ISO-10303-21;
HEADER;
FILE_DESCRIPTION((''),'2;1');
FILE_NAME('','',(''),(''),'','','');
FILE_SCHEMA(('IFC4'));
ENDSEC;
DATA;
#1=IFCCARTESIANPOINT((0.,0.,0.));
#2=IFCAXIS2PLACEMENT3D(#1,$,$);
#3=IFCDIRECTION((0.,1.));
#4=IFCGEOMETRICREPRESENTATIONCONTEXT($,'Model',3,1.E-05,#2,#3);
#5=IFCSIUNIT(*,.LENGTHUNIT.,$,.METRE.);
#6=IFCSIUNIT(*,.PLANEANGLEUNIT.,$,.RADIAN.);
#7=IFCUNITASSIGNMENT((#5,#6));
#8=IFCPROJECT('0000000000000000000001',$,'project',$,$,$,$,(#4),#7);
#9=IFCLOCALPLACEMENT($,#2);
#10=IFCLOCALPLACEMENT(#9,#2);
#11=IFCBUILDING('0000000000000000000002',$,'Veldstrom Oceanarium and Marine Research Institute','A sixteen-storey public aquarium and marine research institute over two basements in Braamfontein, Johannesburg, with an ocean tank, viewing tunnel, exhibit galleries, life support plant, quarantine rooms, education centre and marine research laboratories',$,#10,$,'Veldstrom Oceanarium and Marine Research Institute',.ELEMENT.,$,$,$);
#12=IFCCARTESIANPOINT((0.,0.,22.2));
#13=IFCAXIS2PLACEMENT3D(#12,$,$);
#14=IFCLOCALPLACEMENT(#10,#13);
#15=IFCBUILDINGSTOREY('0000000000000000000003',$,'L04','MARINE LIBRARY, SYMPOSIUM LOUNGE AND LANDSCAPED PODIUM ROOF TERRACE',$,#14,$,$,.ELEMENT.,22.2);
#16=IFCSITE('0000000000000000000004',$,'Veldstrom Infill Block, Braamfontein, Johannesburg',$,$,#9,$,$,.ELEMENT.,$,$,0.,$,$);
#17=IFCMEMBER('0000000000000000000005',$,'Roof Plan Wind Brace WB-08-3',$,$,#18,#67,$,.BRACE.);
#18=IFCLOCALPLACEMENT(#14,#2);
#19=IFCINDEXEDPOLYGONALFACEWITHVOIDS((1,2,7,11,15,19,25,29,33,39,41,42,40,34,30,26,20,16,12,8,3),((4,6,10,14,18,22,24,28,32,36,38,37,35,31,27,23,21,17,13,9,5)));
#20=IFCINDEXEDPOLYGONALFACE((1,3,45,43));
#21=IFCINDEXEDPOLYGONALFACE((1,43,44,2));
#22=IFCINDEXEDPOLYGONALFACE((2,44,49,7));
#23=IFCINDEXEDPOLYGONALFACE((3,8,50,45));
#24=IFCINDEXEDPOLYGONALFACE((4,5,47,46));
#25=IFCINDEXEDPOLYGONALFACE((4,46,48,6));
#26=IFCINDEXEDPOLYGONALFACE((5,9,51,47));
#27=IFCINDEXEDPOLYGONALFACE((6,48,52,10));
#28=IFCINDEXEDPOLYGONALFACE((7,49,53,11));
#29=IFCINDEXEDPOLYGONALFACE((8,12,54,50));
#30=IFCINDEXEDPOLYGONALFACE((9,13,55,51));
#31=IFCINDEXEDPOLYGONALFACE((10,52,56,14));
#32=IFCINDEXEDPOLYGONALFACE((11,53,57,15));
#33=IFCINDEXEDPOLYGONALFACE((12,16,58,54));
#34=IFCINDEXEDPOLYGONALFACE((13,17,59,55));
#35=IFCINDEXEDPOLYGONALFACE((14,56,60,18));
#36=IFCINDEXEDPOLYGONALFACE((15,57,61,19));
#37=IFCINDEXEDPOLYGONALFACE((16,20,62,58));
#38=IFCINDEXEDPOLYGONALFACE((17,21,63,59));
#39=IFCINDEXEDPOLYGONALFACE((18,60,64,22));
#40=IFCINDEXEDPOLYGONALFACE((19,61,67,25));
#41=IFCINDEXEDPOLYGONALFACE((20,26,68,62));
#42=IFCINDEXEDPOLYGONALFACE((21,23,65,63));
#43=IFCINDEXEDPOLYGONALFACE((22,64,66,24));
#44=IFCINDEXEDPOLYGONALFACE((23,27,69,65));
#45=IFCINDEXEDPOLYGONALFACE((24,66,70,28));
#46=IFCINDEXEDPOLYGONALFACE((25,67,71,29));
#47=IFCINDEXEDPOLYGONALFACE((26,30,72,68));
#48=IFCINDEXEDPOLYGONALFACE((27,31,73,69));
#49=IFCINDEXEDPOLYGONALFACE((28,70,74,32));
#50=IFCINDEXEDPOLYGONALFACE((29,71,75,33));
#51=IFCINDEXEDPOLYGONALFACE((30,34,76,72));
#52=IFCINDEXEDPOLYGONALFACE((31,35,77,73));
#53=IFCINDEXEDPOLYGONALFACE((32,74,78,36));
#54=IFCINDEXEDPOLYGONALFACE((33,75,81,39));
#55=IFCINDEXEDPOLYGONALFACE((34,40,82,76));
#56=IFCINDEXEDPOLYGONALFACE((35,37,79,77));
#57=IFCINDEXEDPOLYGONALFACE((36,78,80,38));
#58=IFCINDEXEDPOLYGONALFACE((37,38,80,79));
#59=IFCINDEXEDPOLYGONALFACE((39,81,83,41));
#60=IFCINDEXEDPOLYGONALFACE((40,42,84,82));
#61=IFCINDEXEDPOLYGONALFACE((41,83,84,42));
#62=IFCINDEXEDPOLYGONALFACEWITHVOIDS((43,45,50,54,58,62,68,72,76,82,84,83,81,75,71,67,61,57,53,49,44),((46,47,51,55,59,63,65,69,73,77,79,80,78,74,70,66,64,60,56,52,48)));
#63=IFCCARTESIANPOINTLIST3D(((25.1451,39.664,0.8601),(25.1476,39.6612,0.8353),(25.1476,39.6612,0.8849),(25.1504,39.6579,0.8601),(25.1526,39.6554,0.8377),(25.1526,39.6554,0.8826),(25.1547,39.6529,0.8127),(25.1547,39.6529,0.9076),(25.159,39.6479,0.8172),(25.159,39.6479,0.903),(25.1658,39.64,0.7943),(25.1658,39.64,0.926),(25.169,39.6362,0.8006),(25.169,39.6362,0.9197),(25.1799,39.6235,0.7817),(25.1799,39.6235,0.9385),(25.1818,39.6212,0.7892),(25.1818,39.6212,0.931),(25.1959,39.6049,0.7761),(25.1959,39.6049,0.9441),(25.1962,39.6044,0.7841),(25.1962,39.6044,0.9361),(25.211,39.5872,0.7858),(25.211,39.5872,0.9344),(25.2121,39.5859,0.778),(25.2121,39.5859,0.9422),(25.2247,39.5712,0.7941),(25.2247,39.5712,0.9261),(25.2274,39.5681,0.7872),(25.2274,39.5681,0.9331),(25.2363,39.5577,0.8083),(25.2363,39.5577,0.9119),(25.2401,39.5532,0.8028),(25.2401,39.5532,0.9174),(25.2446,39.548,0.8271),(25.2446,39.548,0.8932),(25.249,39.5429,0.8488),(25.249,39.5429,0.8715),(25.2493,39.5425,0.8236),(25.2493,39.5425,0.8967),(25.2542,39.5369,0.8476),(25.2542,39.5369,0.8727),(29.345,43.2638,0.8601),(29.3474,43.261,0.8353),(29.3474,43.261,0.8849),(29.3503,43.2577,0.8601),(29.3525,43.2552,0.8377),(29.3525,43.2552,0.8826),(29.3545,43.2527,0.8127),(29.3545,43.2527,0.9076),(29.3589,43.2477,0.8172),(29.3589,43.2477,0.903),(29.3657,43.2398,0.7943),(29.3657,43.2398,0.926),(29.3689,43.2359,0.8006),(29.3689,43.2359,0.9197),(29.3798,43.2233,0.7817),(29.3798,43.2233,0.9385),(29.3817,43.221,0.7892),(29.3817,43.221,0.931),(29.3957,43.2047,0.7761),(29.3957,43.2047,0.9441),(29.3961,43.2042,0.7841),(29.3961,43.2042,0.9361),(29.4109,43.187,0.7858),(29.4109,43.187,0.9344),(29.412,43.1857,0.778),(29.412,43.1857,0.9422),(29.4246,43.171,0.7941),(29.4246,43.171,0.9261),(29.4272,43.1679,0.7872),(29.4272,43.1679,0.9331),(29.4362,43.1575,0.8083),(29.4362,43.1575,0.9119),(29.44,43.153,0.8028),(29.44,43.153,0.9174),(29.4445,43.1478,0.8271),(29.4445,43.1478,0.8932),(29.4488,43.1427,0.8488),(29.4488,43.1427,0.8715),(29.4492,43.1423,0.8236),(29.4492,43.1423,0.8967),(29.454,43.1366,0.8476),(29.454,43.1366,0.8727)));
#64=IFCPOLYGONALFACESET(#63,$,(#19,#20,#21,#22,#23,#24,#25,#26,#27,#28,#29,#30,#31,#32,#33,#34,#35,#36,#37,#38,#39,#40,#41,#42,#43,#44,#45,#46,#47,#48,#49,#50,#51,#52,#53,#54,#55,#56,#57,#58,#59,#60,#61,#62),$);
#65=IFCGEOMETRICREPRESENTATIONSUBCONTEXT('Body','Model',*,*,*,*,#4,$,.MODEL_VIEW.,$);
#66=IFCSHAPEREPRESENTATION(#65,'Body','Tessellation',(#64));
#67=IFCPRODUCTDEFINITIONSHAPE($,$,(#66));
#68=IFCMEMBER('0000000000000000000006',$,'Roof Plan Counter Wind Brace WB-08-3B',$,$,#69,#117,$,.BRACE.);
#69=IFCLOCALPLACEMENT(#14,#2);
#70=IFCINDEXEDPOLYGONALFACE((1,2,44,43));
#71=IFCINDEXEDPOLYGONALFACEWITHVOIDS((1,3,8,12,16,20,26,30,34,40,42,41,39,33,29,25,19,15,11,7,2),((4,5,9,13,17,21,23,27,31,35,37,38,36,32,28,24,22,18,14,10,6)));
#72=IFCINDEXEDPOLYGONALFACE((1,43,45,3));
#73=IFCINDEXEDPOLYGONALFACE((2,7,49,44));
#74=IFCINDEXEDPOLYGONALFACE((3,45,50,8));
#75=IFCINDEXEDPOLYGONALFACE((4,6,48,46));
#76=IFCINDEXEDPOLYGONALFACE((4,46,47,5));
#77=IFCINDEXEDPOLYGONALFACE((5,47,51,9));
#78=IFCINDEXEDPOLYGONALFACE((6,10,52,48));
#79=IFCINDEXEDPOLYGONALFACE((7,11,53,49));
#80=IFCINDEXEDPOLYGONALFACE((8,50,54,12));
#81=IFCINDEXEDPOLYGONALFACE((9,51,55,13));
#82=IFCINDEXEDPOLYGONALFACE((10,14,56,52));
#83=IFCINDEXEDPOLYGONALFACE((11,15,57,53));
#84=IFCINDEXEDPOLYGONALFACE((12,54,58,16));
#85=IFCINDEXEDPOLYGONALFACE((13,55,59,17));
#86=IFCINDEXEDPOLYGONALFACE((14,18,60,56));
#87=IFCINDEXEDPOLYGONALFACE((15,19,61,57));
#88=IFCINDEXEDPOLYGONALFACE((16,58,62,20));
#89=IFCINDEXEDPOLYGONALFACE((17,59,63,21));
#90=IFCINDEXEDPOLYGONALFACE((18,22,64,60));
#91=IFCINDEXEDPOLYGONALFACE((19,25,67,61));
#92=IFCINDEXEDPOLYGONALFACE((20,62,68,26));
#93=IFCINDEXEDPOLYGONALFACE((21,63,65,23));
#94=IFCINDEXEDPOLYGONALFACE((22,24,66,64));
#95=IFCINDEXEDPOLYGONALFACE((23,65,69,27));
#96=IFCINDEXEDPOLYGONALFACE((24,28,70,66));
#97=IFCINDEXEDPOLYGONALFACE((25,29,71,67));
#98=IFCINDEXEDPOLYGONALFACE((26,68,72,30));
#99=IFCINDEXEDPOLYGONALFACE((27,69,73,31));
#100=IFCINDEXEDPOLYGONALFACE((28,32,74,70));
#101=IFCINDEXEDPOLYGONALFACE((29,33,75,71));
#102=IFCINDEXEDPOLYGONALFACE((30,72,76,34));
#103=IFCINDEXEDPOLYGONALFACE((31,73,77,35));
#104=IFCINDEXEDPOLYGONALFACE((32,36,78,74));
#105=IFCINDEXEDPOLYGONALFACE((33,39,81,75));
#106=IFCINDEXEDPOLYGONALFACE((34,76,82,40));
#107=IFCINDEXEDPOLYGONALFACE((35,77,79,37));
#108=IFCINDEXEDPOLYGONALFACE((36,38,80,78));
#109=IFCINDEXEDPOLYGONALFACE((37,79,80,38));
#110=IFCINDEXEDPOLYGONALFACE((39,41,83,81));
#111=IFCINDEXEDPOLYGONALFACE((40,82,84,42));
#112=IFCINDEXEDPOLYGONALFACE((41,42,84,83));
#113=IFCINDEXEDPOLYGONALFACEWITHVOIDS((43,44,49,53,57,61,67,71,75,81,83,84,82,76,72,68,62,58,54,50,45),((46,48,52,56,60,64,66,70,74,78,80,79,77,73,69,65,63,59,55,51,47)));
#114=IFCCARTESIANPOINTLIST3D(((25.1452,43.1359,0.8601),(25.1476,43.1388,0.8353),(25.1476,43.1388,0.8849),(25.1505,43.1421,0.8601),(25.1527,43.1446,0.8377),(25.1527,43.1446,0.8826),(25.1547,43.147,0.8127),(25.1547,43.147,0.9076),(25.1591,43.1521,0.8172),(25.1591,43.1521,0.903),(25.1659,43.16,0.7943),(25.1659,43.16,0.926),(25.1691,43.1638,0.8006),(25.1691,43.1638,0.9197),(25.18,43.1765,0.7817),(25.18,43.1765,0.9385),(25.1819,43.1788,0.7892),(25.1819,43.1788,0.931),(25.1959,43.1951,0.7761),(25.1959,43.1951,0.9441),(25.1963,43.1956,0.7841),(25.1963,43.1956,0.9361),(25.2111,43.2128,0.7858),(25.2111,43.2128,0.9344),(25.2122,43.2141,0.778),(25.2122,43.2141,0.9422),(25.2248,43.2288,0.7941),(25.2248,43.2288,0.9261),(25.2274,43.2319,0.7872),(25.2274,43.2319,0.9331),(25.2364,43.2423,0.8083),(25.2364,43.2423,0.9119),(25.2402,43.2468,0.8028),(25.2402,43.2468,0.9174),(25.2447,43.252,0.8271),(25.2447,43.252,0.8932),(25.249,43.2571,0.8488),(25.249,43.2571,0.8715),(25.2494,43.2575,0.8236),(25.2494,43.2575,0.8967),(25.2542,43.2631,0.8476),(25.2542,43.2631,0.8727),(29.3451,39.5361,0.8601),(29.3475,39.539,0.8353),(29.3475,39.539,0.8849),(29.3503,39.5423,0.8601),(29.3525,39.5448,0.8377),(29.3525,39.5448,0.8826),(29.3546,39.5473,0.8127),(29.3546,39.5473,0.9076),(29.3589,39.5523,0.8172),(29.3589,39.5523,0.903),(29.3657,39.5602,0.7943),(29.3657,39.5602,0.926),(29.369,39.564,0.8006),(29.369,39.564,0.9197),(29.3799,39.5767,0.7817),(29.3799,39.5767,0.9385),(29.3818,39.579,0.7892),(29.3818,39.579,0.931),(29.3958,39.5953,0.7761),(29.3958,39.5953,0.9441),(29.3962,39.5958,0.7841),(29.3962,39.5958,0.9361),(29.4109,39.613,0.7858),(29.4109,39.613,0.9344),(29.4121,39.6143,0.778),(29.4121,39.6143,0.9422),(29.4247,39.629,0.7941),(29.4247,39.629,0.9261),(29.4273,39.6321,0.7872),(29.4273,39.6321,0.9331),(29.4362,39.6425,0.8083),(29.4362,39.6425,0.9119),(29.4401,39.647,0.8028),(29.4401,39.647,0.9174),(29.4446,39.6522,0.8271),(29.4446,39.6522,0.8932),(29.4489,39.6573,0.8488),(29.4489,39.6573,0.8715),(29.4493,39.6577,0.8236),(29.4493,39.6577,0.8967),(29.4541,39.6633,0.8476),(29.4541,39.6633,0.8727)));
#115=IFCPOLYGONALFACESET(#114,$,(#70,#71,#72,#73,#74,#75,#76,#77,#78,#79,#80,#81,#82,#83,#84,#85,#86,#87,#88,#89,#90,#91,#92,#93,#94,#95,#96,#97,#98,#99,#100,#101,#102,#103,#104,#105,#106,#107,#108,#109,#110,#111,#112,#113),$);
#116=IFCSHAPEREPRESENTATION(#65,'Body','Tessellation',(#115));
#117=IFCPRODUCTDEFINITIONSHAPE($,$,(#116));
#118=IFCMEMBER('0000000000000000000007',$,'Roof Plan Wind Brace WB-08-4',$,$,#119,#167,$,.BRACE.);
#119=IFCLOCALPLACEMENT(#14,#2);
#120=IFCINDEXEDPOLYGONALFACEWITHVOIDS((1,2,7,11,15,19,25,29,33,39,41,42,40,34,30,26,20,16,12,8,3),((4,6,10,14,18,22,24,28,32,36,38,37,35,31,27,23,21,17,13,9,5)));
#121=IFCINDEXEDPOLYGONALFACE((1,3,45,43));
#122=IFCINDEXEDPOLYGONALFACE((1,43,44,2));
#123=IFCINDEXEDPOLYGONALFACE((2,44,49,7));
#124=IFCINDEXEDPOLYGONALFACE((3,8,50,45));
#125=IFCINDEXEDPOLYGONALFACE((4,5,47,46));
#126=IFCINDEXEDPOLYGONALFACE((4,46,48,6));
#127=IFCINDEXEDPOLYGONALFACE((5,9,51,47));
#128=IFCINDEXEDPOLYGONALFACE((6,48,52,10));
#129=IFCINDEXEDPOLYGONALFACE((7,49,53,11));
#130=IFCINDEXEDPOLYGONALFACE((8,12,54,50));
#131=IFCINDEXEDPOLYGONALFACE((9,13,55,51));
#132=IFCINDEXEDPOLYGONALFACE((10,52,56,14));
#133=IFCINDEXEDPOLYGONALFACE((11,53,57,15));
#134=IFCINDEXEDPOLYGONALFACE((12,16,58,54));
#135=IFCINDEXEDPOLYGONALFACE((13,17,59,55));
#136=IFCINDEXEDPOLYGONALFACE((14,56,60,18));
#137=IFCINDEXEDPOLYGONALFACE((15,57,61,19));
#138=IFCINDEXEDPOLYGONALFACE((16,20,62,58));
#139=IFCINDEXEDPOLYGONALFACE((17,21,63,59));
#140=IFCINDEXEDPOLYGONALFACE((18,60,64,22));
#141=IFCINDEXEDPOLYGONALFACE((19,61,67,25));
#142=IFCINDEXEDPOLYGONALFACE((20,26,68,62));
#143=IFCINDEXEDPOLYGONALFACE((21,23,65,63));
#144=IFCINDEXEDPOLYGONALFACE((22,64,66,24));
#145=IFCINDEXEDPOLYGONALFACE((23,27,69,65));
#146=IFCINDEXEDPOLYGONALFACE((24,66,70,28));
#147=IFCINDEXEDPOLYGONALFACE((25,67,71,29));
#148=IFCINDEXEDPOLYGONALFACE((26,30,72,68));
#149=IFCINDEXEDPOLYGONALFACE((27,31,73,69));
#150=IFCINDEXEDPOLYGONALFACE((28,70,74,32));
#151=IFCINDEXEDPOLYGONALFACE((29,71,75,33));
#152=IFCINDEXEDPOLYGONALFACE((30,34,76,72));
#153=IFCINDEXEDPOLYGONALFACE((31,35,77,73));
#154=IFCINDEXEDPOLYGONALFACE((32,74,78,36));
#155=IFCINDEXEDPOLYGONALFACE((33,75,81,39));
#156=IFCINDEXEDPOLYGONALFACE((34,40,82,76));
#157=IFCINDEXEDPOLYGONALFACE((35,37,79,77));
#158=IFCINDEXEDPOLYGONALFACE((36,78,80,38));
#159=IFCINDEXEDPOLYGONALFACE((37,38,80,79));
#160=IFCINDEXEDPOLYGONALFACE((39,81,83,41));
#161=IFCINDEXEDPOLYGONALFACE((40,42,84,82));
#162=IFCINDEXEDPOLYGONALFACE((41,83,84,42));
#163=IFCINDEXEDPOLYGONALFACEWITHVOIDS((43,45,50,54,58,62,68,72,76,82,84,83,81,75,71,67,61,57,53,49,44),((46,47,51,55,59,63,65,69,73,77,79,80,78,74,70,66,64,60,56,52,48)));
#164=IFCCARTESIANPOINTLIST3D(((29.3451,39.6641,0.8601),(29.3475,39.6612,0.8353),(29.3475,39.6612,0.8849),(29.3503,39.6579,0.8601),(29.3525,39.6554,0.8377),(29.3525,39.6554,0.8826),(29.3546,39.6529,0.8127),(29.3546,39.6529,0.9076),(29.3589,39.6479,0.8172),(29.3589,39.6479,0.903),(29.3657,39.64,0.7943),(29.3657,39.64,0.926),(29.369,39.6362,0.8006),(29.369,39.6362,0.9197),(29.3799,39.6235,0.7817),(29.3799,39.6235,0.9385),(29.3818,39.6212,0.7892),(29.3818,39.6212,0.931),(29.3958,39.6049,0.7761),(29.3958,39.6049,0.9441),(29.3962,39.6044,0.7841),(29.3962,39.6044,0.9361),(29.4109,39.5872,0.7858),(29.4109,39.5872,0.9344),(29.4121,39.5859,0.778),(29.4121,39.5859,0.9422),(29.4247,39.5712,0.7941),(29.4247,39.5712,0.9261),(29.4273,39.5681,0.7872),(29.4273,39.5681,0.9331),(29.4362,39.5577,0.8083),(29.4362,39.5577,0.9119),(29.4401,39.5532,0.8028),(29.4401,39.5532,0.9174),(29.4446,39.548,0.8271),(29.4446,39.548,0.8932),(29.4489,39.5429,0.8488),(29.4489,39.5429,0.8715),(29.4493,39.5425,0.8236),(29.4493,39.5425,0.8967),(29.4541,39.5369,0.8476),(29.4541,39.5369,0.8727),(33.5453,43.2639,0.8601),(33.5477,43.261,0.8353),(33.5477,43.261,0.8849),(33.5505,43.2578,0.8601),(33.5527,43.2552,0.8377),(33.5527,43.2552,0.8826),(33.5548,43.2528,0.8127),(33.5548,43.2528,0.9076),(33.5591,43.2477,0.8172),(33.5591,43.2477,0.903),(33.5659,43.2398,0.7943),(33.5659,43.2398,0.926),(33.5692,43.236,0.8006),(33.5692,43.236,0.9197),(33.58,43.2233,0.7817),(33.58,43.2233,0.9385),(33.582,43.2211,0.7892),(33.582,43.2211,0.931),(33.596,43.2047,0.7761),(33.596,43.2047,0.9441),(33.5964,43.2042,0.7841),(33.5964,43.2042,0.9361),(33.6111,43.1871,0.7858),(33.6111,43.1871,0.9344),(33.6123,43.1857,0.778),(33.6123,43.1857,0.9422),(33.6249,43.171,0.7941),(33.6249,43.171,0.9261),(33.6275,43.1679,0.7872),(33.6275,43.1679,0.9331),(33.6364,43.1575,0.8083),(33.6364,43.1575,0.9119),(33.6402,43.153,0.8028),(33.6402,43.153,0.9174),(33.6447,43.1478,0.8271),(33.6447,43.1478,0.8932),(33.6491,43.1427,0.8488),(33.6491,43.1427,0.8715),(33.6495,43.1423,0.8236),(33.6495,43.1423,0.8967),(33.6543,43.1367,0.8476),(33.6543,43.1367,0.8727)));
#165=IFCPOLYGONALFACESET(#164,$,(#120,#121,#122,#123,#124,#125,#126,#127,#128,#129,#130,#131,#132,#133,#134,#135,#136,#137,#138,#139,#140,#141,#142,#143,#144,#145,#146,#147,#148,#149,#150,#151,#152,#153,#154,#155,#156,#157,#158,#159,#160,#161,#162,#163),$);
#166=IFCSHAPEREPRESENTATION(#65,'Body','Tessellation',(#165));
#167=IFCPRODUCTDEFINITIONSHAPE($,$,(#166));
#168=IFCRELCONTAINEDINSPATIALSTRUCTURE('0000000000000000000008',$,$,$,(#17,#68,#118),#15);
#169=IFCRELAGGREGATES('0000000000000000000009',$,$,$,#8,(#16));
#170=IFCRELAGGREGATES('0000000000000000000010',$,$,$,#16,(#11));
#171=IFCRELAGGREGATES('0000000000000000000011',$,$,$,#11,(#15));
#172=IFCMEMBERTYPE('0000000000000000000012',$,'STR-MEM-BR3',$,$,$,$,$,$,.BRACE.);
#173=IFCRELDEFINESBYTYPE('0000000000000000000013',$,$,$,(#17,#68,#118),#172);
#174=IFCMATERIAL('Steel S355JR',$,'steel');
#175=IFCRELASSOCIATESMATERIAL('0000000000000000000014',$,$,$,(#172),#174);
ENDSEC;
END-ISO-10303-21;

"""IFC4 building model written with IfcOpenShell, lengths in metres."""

from ifc_helpers import new_model, si_unit, direction, frame, origin, origin_2d, place, context, subcontext, project, spatial, hollow_circle, extrude, material, material_profile, profile_set, type_object, element, save


model = new_model("IFC4")

# Units and contexts
model_context = context("Model", 3, precision=1e-05, world=origin(), true_north=direction((0.0, 1.0)))
body_context = subcontext(model_context, "Body", "Model", "MODEL_VIEW")
ifc_project = project(units=[si_unit("LENGTHUNIT", "METRE"), si_unit("PLANEANGLEUNIT", "RADIAN")], contexts=[model_context])

# Site, building, storey
site_placement = place(None, origin())
site = spatial("IfcSite", under=ifc_project, at=site_placement, Name="Veldstrom Infill Block, Braamfontein, Johannesburg", CompositionType="ELEMENT", RefElevation=0.0)
building_placement = place(site_placement, origin())
building = spatial("IfcBuilding", under=site, at=building_placement, Name="Veldstrom Oceanarium and Marine Research Institute", Description="A sixteen-storey public aquarium and marine research institute over two basements in Braamfontein, Johannesburg, with an ocean tank, viewing tunnel, exhibit galleries, life support plant, quarantine rooms, education centre and marine research laboratories", LongName="Veldstrom Oceanarium and Marine Research Institute", CompositionType="ELEMENT")
storey_placement = place(building_placement, frame((0.0, 0.0, 22.2)))
storey = spatial("IfcBuildingStorey", under=building, at=storey_placement, Name="L04", Description="MARINE LIBRARY, SYMPOSIUM LOUNGE AND LANDSCAPED PODIUM ROOF TERRACE", CompositionType="ELEMENT", Elevation=22.2)

# Members
ifc_material_1 = material(Name="Steel S355JR", Category="steel")
ifc_material_profile_1 = material_profile(ifc_material_1, hollow_circle(Radius=0.0842, WallThickness=0.0081, at=origin_2d()), Name="CHS 168.3x8")
ifc_profile_set_1 = profile_set([ifc_material_profile_1], Name="Steel S355JR")
member_type_1 = type_object("IfcMemberType", Name="STR-MEM-BR3", PredefinedType="BRACE", material=ifc_profile_set_1)
for number, where, z_axis, x_axis, name in (
    (1, (25.2, 39.6001, 0.8601), (0.759266, 0.65078, 0.0), (-0.65078, 0.759266, 0.0), "Roof Plan Wind Brace WB-08-3"),
    (2, (29.3999, 39.6001, 0.8601), (-0.759266, 0.65078, 0.0), (-0.65078, -0.759266, 0.0), "Roof Plan Counter Wind Brace WB-08-3B"),
):
    element("IfcMember", number, at=place(storey_placement, frame(where, z_axis=z_axis, x_axis=x_axis)), inside=storey, type_object=member_type_1, Name=name, PredefinedType="BRACE", context=body_context, shape_type="SweptSolid", body=[
        extrude(hollow_circle(Radius=0.0842, WallThickness=0.0081, at=origin_2d()), origin(), (0.0, 0.0, 1.0), 5.5315),
    ])
for number, where, z_axis, x_axis, name in (
    (3, (29.3999, 39.6001, 0.8601), (0.759285, 0.650759, 0.0), (-0.650759, 0.759285, 0.0), "Roof Plan Wind Brace WB-08-4"),
):
    element("IfcMember", number, at=place(storey_placement, frame(where, z_axis=z_axis, x_axis=x_axis)), inside=storey, type_object=member_type_1, Name=name, PredefinedType="BRACE", context=body_context, shape_type="SweptSolid", body=[
        extrude(hollow_circle(Radius=0.0842, WallThickness=0.0081, at=origin_2d()), origin(), (0.0, 0.0, 1.0), 5.5317),
    ])

save(model, "model.ifc")
